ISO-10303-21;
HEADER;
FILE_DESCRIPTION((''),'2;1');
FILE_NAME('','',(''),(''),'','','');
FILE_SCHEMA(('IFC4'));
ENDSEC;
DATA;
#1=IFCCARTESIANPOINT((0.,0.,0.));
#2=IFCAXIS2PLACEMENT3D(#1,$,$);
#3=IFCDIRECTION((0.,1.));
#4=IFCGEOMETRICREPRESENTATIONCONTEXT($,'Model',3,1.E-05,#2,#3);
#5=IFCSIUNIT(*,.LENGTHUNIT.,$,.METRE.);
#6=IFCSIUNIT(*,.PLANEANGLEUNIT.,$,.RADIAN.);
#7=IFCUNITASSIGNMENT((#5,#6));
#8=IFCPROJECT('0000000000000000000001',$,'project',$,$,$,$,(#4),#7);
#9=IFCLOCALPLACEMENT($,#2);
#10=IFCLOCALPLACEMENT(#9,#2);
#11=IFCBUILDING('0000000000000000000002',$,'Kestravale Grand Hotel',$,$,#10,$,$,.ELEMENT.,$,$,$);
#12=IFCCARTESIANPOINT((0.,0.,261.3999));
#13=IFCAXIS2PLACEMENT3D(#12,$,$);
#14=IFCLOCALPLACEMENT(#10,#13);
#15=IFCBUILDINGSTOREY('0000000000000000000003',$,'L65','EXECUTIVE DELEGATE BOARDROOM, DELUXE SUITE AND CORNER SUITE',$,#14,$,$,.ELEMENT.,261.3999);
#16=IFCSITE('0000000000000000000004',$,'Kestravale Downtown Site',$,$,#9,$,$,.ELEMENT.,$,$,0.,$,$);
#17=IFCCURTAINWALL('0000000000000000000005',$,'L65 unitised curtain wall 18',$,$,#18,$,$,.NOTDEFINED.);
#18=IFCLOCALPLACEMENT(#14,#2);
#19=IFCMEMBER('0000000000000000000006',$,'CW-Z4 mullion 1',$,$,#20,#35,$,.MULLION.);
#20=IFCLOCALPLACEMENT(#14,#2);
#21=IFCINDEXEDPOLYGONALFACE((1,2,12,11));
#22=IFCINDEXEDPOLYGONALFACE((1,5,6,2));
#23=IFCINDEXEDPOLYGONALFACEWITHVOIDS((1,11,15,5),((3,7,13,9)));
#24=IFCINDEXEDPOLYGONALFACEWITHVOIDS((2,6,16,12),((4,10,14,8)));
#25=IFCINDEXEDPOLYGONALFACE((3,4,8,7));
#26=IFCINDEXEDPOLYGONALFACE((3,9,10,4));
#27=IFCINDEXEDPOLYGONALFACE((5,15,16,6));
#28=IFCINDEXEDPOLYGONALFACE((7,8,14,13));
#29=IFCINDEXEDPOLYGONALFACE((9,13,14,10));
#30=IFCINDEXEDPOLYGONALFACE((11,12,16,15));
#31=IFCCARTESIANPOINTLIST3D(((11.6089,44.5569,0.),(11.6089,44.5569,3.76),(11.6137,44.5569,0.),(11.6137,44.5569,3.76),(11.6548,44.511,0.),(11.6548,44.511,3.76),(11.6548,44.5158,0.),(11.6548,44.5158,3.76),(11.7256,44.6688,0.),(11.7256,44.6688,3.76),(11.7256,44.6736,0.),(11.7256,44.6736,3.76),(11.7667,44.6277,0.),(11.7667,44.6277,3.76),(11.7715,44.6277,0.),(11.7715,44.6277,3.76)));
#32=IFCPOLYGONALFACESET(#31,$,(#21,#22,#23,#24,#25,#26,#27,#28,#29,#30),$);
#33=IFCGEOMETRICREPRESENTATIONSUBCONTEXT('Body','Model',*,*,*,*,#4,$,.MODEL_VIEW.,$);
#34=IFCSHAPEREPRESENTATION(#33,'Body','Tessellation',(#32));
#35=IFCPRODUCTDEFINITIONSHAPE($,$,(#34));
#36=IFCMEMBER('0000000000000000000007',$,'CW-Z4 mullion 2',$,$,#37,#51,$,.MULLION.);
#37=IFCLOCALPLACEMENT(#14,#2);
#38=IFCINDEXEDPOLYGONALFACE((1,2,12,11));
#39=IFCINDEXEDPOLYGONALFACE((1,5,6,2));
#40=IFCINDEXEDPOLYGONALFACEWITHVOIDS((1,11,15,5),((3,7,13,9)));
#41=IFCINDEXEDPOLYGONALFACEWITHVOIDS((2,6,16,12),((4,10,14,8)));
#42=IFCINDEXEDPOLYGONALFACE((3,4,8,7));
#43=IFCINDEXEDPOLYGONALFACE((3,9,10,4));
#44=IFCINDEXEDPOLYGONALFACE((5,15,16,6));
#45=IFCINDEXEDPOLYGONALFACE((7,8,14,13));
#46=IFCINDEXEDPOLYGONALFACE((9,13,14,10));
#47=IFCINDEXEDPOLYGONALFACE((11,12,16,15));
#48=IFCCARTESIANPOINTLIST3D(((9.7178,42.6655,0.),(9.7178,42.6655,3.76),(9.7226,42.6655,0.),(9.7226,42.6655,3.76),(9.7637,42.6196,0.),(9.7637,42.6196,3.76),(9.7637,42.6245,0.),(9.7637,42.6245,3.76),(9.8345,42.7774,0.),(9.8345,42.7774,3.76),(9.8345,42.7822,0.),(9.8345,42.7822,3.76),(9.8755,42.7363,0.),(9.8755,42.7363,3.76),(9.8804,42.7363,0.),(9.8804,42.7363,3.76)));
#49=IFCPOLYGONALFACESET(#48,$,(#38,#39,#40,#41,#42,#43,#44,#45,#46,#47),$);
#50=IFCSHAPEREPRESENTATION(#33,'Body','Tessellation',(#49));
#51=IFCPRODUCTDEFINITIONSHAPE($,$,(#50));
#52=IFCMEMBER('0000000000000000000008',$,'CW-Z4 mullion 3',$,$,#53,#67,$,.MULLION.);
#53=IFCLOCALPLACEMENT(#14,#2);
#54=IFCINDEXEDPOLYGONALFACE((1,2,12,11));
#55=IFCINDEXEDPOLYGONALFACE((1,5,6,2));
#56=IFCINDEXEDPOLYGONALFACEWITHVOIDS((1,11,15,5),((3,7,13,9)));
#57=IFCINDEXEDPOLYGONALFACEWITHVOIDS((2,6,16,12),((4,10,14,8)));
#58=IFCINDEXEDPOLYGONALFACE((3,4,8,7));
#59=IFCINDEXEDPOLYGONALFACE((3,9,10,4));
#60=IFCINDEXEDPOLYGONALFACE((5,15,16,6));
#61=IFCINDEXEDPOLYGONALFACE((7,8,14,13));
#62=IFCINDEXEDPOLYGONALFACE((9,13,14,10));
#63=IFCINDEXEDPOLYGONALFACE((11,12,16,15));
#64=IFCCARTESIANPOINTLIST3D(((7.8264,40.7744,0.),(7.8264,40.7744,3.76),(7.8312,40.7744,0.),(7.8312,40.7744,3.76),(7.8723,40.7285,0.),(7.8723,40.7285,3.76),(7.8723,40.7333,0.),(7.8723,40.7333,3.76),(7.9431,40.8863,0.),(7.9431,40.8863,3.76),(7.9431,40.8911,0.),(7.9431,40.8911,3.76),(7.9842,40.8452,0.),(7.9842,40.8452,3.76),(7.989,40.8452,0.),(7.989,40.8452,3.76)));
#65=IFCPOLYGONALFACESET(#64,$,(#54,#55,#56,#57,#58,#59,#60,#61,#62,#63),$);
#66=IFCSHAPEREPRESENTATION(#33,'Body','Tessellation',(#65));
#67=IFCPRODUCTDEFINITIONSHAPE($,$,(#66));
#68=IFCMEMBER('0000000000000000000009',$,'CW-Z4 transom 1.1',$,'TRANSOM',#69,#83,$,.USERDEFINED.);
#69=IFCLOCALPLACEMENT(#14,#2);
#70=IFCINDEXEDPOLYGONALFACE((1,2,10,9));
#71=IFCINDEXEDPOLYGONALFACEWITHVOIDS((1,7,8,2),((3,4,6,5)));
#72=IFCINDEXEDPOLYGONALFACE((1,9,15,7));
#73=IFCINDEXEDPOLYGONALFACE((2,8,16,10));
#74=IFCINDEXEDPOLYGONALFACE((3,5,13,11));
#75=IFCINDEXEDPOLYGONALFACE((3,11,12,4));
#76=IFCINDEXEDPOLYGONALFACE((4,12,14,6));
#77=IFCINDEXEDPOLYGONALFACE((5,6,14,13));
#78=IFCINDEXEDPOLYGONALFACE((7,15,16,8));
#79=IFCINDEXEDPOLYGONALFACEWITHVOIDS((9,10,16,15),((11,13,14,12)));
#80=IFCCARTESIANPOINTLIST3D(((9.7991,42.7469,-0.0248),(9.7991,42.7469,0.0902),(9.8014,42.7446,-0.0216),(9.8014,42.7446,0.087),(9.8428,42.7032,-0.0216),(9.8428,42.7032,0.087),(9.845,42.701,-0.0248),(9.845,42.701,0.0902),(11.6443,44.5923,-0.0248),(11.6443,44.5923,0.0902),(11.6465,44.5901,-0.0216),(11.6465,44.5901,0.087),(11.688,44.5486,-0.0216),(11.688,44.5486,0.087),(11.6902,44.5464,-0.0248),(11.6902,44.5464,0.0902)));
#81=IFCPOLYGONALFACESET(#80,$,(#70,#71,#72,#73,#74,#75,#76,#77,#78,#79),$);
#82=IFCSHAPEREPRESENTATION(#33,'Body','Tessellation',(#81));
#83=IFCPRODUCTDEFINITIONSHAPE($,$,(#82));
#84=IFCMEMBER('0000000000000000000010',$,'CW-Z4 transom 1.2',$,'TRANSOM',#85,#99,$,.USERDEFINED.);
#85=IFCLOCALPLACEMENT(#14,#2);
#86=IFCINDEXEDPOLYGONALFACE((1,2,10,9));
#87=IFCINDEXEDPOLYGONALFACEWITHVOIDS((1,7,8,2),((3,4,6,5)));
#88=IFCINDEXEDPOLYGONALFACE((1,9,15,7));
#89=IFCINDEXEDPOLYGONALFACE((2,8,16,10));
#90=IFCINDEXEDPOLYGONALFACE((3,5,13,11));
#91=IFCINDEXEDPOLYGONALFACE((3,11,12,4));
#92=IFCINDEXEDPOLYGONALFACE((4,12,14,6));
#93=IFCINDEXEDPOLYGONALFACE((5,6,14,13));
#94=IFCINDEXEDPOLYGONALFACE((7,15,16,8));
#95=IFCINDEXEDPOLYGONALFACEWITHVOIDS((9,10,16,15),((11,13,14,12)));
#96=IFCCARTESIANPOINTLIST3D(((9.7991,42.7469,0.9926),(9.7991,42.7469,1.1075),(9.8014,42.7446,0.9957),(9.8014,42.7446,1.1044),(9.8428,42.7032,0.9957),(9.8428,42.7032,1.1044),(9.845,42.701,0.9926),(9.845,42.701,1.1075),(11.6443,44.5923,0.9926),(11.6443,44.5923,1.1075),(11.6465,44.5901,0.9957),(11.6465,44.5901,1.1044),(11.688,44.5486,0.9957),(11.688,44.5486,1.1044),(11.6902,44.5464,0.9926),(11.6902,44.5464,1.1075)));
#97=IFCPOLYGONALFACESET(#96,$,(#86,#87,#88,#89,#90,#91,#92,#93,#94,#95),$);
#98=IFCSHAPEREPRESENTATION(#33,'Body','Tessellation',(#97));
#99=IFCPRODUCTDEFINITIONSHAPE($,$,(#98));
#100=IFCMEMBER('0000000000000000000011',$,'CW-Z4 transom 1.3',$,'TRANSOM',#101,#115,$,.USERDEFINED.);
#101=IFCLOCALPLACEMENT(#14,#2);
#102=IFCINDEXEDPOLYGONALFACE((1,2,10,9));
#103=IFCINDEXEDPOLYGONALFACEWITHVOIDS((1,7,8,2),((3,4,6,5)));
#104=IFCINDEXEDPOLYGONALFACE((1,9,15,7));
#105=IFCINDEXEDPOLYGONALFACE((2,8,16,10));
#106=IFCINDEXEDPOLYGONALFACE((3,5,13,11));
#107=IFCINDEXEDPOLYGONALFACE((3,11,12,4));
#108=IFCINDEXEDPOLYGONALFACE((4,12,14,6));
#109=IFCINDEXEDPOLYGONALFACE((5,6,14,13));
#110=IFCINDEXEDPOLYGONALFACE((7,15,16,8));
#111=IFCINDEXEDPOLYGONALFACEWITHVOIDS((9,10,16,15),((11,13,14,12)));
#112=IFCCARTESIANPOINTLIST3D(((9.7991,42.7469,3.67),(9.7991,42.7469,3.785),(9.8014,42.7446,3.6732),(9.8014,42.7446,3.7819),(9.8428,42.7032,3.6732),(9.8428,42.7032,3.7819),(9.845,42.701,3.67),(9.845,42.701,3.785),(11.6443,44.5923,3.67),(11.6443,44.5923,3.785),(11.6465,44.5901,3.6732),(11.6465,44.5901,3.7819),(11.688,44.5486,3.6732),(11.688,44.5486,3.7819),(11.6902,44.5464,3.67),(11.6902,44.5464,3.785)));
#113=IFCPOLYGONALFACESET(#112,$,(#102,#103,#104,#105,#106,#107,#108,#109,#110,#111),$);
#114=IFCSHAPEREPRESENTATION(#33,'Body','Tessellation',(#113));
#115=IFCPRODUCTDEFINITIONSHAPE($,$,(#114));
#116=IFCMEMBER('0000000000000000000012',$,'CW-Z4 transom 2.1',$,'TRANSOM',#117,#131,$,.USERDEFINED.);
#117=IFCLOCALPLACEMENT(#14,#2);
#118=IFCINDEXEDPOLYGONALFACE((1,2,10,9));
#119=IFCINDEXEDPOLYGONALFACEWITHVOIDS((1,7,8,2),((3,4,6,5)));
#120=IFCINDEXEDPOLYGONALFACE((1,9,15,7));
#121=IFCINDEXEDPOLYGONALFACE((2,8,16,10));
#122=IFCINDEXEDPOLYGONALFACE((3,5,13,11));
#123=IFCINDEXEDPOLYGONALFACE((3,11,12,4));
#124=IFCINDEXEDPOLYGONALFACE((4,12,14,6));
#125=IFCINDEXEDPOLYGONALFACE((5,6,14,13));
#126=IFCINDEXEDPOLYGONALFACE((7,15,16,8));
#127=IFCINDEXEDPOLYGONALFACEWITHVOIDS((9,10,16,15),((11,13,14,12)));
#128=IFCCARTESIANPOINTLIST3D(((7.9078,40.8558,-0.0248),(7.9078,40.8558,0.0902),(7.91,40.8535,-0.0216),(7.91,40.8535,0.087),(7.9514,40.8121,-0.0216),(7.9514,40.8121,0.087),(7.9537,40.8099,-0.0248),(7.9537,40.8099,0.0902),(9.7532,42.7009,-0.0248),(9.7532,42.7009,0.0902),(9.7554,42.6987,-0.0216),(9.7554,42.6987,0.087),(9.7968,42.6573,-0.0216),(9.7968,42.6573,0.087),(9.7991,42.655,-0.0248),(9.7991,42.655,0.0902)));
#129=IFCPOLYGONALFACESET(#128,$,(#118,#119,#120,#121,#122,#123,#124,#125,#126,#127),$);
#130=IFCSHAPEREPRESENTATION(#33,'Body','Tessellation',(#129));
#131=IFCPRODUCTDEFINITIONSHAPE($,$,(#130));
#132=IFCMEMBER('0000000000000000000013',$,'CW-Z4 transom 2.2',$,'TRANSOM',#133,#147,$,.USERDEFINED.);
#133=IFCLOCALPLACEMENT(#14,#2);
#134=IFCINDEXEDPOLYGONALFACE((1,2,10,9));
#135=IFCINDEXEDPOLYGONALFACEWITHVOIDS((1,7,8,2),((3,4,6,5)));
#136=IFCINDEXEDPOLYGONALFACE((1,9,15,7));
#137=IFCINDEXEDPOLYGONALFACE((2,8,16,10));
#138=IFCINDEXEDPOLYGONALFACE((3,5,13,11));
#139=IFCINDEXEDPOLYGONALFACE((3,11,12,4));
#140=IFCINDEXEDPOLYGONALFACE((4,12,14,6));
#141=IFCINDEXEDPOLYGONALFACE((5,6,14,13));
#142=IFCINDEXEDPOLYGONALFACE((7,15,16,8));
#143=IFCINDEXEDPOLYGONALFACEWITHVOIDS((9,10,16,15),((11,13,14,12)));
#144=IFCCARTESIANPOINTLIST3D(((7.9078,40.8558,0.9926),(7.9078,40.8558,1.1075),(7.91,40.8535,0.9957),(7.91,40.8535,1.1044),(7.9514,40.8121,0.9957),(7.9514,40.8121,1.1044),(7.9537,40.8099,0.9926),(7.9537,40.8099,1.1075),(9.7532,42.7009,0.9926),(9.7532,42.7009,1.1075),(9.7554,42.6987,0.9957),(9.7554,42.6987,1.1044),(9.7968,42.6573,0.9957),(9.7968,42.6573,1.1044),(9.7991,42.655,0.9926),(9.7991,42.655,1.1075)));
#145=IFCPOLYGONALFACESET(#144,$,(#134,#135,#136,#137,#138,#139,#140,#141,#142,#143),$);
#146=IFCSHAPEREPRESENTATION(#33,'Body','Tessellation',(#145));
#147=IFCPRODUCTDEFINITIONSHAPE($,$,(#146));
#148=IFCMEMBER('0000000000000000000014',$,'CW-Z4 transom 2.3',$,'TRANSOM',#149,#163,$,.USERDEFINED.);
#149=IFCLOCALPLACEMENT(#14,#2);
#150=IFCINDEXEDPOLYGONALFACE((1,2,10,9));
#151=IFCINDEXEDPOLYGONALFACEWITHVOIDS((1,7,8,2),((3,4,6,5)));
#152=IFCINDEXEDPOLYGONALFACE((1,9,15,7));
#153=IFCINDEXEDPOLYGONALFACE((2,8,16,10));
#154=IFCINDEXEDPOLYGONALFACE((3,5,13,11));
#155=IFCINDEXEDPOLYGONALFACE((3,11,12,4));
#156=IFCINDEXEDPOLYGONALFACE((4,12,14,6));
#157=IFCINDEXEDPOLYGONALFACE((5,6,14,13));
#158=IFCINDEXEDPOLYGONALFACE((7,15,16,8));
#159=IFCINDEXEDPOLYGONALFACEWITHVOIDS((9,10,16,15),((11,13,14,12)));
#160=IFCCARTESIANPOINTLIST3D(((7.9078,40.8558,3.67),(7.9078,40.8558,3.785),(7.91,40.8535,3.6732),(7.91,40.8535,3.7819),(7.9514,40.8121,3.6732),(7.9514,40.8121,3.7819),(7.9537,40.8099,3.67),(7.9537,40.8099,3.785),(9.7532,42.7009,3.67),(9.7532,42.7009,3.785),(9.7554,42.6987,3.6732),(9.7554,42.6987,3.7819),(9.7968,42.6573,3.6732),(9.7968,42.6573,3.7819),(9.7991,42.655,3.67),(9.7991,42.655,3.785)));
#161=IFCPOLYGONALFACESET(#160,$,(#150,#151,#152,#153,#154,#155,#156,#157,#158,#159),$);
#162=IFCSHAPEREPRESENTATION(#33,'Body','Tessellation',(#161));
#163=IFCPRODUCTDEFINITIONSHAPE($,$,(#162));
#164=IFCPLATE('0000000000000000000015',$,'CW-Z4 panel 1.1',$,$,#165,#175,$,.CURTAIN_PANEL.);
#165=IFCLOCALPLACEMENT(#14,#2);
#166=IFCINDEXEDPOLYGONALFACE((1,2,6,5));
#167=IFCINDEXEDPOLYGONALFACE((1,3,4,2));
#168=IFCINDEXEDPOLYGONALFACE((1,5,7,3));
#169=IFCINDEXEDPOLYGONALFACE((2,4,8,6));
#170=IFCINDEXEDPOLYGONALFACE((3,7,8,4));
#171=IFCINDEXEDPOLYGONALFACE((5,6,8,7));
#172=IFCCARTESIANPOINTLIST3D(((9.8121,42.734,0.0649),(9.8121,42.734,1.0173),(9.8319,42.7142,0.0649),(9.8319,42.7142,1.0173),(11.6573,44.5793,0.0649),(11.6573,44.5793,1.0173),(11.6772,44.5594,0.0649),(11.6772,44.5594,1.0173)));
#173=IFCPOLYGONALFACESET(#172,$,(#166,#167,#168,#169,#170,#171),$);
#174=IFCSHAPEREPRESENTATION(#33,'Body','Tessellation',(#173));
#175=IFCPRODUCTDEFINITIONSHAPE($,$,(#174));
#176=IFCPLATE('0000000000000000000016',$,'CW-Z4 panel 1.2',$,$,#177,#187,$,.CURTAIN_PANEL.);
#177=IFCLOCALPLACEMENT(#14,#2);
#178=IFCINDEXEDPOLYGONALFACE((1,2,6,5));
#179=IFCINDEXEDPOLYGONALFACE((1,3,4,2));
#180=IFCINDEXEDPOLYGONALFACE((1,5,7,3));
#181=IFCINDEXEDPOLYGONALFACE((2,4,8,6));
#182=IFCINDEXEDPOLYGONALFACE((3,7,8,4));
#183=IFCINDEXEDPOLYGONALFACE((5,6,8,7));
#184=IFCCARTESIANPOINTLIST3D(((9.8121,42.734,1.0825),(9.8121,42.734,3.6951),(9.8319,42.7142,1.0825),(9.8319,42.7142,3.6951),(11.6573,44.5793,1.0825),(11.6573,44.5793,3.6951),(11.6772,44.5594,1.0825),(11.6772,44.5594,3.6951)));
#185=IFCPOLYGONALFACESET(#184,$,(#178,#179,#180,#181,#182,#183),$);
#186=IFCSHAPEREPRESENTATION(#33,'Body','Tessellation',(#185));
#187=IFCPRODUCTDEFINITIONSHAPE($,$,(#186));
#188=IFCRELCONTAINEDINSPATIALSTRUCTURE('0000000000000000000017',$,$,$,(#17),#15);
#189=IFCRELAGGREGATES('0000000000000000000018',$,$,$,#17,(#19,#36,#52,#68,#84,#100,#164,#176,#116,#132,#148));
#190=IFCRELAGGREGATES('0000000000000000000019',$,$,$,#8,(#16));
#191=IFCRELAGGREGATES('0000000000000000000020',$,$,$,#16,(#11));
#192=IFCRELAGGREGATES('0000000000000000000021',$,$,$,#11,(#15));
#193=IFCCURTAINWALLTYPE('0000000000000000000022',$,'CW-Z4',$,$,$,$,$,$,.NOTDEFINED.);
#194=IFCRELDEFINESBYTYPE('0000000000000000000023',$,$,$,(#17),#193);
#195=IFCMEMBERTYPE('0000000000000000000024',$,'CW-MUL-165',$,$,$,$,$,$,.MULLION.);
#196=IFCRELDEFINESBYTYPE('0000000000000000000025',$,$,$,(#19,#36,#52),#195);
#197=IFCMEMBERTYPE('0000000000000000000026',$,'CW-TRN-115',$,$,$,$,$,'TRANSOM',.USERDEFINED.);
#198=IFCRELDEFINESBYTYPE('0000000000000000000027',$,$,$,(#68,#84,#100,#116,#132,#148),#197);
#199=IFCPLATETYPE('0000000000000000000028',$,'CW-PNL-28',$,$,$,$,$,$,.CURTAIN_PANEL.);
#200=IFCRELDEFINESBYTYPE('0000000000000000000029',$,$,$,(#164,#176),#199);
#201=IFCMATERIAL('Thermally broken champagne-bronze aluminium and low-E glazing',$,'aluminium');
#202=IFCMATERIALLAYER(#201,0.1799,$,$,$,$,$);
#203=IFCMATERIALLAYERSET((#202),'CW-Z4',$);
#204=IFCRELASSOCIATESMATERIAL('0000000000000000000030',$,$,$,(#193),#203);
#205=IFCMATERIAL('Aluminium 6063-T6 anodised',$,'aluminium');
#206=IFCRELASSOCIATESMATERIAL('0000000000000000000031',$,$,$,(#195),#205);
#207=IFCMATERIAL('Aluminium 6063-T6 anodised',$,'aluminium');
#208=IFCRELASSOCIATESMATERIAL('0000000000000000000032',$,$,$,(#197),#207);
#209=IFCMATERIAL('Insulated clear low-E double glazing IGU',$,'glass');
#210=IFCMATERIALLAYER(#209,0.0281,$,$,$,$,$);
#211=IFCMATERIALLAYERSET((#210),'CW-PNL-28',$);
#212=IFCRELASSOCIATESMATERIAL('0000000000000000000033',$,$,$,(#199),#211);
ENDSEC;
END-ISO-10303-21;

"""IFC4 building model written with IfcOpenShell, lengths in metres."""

from ifc_helpers import new_model, si_unit, direction, frame, origin, origin_2d, place, context, subcontext, project, spatial, rectangle, hollow_rectangle, extrude, material, layer, layer_set, material_profile, profile_set, type_object, element, aggregate, save


model = new_model("IFC4")

# Units and contexts
model_context = context("Model", 3, precision=1e-05, world=origin(), true_north=direction((0.0, 1.0)))
body_context = subcontext(model_context, "Body", "Model", "MODEL_VIEW")
ifc_project = project(units=[si_unit("LENGTHUNIT", "METRE"), si_unit("PLANEANGLEUNIT", "RADIAN")], contexts=[model_context])

# Site, building, storey
site_placement = place(None, origin())
site = spatial("IfcSite", under=ifc_project, at=site_placement, Name="Kestravale Downtown Site", CompositionType="ELEMENT", RefElevation=0.0)
building_placement = place(site_placement, origin())
building = spatial("IfcBuilding", under=site, at=building_placement, Name="Kestravale Grand Hotel", CompositionType="ELEMENT")
storey_placement = place(building_placement, frame((0.0, 0.0, 261.3999)))
storey = spatial("IfcBuildingStorey", under=building, at=storey_placement, Name="L65", Description="EXECUTIVE DELEGATE BOARDROOM, DELUXE SUITE AND CORNER SUITE", CompositionType="ELEMENT", Elevation=261.3999)

# Curtain wall, members, plates
ifc_material_1 = material(Name="Thermally broken champagne-bronze aluminium and low-E glazing", Category="aluminium")
ifc_layer_1 = layer(ifc_material_1, 0.1799)
ifc_layer_set_1 = layer_set([ifc_layer_1], Name="CW-Z4")
curtain_wall_type = type_object("IfcCurtainWallType", Name="CW-Z4", PredefinedType="NOTDEFINED", material=ifc_layer_set_1)
curtain_wall_placement = place(storey_placement, origin())
curtain_wall = element("IfcCurtainWall", 1, at=curtain_wall_placement, inside=storey, type_object=curtain_wall_type, Name="L65 unitised curtain wall 18", PredefinedType="NOTDEFINED")
ifc_material_2 = material(Name="Aluminium 6063-T6 anodised", Category="aluminium")
ifc_material_profile_1 = material_profile(ifc_material_2, hollow_rectangle(XDim=0.0649, YDim=0.165, WallThickness=0.0034, at=origin_2d()))
ifc_profile_set_1 = profile_set([ifc_material_profile_1], Name="Aluminium 6063-T6 anodised")
member_type_1 = type_object("IfcMemberType", Name="CW-MUL-165", PredefinedType="MULLION", material=ifc_profile_set_1)
member_1_placement = place(storey_placement, frame((11.6902, 44.5923, 0.0), z_axis=(0.0, 0.0, 1.0), x_axis=(0.707107, -0.707107, 0.0)))
member_1 = element("IfcMember", 2, at=member_1_placement, type_object=member_type_1, Name="CW-Z4 mullion 1", PredefinedType="MULLION", context=body_context, shape_type="SweptSolid", body=[
    extrude(hollow_rectangle(XDim=0.0649, YDim=0.165, WallThickness=0.0034, at=origin_2d()), origin(), (0.0, 0.0, 1.0), 3.76),
])
member_2_placement = place(storey_placement, frame((9.7991, 42.7009, 0.0), z_axis=(0.0, 0.0, 1.0), x_axis=(0.707107, -0.707107, 0.0)))
member_2 = element("IfcMember", 3, at=member_2_placement, type_object=member_type_1, Name="CW-Z4 mullion 2", PredefinedType="MULLION", context=body_context, shape_type="SweptSolid", body=[
    extrude(hollow_rectangle(XDim=0.0649, YDim=0.165, WallThickness=0.0034, at=origin_2d()), origin(), (0.0, 0.0, 1.0), 3.76),
])
member_3_placement = place(storey_placement, frame((7.9077, 40.8098, 0.0), z_axis=(0.0, 0.0, 1.0), x_axis=(0.707107, -0.707107, 0.0)))
member_3 = element("IfcMember", 4, at=member_3_placement, type_object=member_type_1, Name="CW-Z4 mullion 3", PredefinedType="MULLION", context=body_context, shape_type="SweptSolid", body=[
    extrude(hollow_rectangle(XDim=0.0649, YDim=0.165, WallThickness=0.0034, at=origin_2d()), origin(), (0.0, 0.0, 1.0), 3.76),
])
ifc_material_3 = material(Name="Aluminium 6063-T6 anodised", Category="aluminium")
ifc_material_profile_2 = material_profile(ifc_material_3, hollow_rectangle(XDim=0.0649, YDim=0.115, WallThickness=0.0032, at=origin_2d()))
ifc_profile_set_2 = profile_set([ifc_material_profile_2], Name="Aluminium 6063-T6 anodised")
member_type_2 = type_object("IfcMemberType", Name="CW-TRN-115", ElementType="TRANSOM", PredefinedType="USERDEFINED", material=ifc_profile_set_2)
member_4_placement = place(storey_placement, frame((11.6672, 44.5693, 0.0327), z_axis=(-0.70706, -0.707154, 0.0), x_axis=(0.707154, -0.70706, 0.0)))
member_4 = element("IfcMember", 5, at=member_4_placement, type_object=member_type_2, Name="CW-Z4 transom 1.1", ObjectType="TRANSOM", PredefinedType="USERDEFINED", context=body_context, shape_type="SweptSolid", body=[
    extrude(hollow_rectangle(XDim=0.0649, YDim=0.115, WallThickness=0.0032, at=origin_2d()), origin(), (0.0, 0.0, 1.0), 2.6096),
])
member_5_placement = place(storey_placement, frame((11.6672, 44.5693, 1.05), z_axis=(-0.70706, -0.707154, 0.0), x_axis=(0.707154, -0.70706, 0.0)))
member_5 = element("IfcMember", 6, at=member_5_placement, type_object=member_type_2, Name="CW-Z4 transom 1.2", ObjectType="TRANSOM", PredefinedType="USERDEFINED", context=body_context, shape_type="SweptSolid", body=[
    extrude(hollow_rectangle(XDim=0.0649, YDim=0.115, WallThickness=0.0032, at=origin_2d()), origin(), (0.0, 0.0, 1.0), 2.6096),
])
member_6_placement = place(storey_placement, frame((11.6672, 44.5693, 3.7275), z_axis=(-0.70706, -0.707154, 0.0), x_axis=(0.707154, -0.70706, 0.0)))
member_6 = element("IfcMember", 7, at=member_6_placement, type_object=member_type_2, Name="CW-Z4 transom 1.3", ObjectType="TRANSOM", PredefinedType="USERDEFINED", context=body_context, shape_type="SweptSolid", body=[
    extrude(hollow_rectangle(XDim=0.0649, YDim=0.115, WallThickness=0.0032, at=origin_2d()), origin(), (0.0, 0.0, 1.0), 2.6096),
])
member_7_placement = place(storey_placement, frame((9.7761, 42.678, 0.0327), z_axis=(-0.707154, -0.70706, 0.0), x_axis=(0.70706, -0.707154, 0.0)))
member_7 = element("IfcMember", 8, at=member_7_placement, type_object=member_type_2, Name="CW-Z4 transom 2.1", ObjectType="TRANSOM", PredefinedType="USERDEFINED", context=body_context, shape_type="SweptSolid", body=[
    extrude(hollow_rectangle(XDim=0.0649, YDim=0.115, WallThickness=0.0032, at=origin_2d()), origin(), (0.0, 0.0, 1.0), 2.6096),
])
member_8_placement = place(storey_placement, frame((9.7761, 42.678, 1.05), z_axis=(-0.707154, -0.70706, 0.0), x_axis=(0.70706, -0.707154, 0.0)))
member_8 = element("IfcMember", 9, at=member_8_placement, type_object=member_type_2, Name="CW-Z4 transom 2.2", ObjectType="TRANSOM", PredefinedType="USERDEFINED", context=body_context, shape_type="SweptSolid", body=[
    extrude(hollow_rectangle(XDim=0.0649, YDim=0.115, WallThickness=0.0032, at=origin_2d()), origin(), (0.0, 0.0, 1.0), 2.6096),
])
member_9_placement = place(storey_placement, frame((9.7761, 42.678, 3.7275), z_axis=(-0.707154, -0.70706, 0.0), x_axis=(0.70706, -0.707154, 0.0)))
member_9 = element("IfcMember", 10, at=member_9_placement, type_object=member_type_2, Name="CW-Z4 transom 2.3", ObjectType="TRANSOM", PredefinedType="USERDEFINED", context=body_context, shape_type="SweptSolid", body=[
    extrude(hollow_rectangle(XDim=0.0649, YDim=0.115, WallThickness=0.0032, at=origin_2d()), origin(), (0.0, 0.0, 1.0), 2.6096),
])
ifc_material_4 = material(Name="Insulated clear low-E double glazing IGU", Category="glass")
ifc_layer_2 = layer(ifc_material_4, 0.0281)
ifc_layer_set_2 = layer_set([ifc_layer_2], Name="CW-PNL-28")
plate_type = type_object("IfcPlateType", Name="CW-PNL-28", PredefinedType="CURTAIN_PANEL", material=ifc_layer_set_2)
plate_1_placement = place(storey_placement, frame((10.7446, 43.6467, 0.0649), z_axis=(0.0, 0.0, 1.0), x_axis=(-0.707107, -0.707107, 0.0)))
plate_1 = element("IfcPlate", 11, at=plate_1_placement, type_object=plate_type, Name="CW-Z4 panel 1.1", PredefinedType="CURTAIN_PANEL", context=body_context, shape_type="SweptSolid", body=[
    extrude(rectangle(XDim=2.6096, YDim=0.0281, at=origin_2d()), origin(), (0.0, 0.0, 1.0), 0.9524),
])
plate_2_placement = place(storey_placement, frame((10.7446, 43.6467, 1.0825), z_axis=(0.0, 0.0, 1.0), x_axis=(-0.707107, -0.707107, 0.0)))
plate_2 = element("IfcPlate", 12, at=plate_2_placement, type_object=plate_type, Name="CW-Z4 panel 1.2", PredefinedType="CURTAIN_PANEL", context=body_context, shape_type="SweptSolid", body=[
    extrude(rectangle(XDim=2.6096, YDim=0.0281, at=origin_2d()), origin(), (0.0, 0.0, 1.0), 2.6125),
])
aggregate(curtain_wall, [member_1, member_2, member_3, member_4, member_5, member_6, plate_1, plate_2, member_7, member_8, member_9])

save(model, "model.ifc")
